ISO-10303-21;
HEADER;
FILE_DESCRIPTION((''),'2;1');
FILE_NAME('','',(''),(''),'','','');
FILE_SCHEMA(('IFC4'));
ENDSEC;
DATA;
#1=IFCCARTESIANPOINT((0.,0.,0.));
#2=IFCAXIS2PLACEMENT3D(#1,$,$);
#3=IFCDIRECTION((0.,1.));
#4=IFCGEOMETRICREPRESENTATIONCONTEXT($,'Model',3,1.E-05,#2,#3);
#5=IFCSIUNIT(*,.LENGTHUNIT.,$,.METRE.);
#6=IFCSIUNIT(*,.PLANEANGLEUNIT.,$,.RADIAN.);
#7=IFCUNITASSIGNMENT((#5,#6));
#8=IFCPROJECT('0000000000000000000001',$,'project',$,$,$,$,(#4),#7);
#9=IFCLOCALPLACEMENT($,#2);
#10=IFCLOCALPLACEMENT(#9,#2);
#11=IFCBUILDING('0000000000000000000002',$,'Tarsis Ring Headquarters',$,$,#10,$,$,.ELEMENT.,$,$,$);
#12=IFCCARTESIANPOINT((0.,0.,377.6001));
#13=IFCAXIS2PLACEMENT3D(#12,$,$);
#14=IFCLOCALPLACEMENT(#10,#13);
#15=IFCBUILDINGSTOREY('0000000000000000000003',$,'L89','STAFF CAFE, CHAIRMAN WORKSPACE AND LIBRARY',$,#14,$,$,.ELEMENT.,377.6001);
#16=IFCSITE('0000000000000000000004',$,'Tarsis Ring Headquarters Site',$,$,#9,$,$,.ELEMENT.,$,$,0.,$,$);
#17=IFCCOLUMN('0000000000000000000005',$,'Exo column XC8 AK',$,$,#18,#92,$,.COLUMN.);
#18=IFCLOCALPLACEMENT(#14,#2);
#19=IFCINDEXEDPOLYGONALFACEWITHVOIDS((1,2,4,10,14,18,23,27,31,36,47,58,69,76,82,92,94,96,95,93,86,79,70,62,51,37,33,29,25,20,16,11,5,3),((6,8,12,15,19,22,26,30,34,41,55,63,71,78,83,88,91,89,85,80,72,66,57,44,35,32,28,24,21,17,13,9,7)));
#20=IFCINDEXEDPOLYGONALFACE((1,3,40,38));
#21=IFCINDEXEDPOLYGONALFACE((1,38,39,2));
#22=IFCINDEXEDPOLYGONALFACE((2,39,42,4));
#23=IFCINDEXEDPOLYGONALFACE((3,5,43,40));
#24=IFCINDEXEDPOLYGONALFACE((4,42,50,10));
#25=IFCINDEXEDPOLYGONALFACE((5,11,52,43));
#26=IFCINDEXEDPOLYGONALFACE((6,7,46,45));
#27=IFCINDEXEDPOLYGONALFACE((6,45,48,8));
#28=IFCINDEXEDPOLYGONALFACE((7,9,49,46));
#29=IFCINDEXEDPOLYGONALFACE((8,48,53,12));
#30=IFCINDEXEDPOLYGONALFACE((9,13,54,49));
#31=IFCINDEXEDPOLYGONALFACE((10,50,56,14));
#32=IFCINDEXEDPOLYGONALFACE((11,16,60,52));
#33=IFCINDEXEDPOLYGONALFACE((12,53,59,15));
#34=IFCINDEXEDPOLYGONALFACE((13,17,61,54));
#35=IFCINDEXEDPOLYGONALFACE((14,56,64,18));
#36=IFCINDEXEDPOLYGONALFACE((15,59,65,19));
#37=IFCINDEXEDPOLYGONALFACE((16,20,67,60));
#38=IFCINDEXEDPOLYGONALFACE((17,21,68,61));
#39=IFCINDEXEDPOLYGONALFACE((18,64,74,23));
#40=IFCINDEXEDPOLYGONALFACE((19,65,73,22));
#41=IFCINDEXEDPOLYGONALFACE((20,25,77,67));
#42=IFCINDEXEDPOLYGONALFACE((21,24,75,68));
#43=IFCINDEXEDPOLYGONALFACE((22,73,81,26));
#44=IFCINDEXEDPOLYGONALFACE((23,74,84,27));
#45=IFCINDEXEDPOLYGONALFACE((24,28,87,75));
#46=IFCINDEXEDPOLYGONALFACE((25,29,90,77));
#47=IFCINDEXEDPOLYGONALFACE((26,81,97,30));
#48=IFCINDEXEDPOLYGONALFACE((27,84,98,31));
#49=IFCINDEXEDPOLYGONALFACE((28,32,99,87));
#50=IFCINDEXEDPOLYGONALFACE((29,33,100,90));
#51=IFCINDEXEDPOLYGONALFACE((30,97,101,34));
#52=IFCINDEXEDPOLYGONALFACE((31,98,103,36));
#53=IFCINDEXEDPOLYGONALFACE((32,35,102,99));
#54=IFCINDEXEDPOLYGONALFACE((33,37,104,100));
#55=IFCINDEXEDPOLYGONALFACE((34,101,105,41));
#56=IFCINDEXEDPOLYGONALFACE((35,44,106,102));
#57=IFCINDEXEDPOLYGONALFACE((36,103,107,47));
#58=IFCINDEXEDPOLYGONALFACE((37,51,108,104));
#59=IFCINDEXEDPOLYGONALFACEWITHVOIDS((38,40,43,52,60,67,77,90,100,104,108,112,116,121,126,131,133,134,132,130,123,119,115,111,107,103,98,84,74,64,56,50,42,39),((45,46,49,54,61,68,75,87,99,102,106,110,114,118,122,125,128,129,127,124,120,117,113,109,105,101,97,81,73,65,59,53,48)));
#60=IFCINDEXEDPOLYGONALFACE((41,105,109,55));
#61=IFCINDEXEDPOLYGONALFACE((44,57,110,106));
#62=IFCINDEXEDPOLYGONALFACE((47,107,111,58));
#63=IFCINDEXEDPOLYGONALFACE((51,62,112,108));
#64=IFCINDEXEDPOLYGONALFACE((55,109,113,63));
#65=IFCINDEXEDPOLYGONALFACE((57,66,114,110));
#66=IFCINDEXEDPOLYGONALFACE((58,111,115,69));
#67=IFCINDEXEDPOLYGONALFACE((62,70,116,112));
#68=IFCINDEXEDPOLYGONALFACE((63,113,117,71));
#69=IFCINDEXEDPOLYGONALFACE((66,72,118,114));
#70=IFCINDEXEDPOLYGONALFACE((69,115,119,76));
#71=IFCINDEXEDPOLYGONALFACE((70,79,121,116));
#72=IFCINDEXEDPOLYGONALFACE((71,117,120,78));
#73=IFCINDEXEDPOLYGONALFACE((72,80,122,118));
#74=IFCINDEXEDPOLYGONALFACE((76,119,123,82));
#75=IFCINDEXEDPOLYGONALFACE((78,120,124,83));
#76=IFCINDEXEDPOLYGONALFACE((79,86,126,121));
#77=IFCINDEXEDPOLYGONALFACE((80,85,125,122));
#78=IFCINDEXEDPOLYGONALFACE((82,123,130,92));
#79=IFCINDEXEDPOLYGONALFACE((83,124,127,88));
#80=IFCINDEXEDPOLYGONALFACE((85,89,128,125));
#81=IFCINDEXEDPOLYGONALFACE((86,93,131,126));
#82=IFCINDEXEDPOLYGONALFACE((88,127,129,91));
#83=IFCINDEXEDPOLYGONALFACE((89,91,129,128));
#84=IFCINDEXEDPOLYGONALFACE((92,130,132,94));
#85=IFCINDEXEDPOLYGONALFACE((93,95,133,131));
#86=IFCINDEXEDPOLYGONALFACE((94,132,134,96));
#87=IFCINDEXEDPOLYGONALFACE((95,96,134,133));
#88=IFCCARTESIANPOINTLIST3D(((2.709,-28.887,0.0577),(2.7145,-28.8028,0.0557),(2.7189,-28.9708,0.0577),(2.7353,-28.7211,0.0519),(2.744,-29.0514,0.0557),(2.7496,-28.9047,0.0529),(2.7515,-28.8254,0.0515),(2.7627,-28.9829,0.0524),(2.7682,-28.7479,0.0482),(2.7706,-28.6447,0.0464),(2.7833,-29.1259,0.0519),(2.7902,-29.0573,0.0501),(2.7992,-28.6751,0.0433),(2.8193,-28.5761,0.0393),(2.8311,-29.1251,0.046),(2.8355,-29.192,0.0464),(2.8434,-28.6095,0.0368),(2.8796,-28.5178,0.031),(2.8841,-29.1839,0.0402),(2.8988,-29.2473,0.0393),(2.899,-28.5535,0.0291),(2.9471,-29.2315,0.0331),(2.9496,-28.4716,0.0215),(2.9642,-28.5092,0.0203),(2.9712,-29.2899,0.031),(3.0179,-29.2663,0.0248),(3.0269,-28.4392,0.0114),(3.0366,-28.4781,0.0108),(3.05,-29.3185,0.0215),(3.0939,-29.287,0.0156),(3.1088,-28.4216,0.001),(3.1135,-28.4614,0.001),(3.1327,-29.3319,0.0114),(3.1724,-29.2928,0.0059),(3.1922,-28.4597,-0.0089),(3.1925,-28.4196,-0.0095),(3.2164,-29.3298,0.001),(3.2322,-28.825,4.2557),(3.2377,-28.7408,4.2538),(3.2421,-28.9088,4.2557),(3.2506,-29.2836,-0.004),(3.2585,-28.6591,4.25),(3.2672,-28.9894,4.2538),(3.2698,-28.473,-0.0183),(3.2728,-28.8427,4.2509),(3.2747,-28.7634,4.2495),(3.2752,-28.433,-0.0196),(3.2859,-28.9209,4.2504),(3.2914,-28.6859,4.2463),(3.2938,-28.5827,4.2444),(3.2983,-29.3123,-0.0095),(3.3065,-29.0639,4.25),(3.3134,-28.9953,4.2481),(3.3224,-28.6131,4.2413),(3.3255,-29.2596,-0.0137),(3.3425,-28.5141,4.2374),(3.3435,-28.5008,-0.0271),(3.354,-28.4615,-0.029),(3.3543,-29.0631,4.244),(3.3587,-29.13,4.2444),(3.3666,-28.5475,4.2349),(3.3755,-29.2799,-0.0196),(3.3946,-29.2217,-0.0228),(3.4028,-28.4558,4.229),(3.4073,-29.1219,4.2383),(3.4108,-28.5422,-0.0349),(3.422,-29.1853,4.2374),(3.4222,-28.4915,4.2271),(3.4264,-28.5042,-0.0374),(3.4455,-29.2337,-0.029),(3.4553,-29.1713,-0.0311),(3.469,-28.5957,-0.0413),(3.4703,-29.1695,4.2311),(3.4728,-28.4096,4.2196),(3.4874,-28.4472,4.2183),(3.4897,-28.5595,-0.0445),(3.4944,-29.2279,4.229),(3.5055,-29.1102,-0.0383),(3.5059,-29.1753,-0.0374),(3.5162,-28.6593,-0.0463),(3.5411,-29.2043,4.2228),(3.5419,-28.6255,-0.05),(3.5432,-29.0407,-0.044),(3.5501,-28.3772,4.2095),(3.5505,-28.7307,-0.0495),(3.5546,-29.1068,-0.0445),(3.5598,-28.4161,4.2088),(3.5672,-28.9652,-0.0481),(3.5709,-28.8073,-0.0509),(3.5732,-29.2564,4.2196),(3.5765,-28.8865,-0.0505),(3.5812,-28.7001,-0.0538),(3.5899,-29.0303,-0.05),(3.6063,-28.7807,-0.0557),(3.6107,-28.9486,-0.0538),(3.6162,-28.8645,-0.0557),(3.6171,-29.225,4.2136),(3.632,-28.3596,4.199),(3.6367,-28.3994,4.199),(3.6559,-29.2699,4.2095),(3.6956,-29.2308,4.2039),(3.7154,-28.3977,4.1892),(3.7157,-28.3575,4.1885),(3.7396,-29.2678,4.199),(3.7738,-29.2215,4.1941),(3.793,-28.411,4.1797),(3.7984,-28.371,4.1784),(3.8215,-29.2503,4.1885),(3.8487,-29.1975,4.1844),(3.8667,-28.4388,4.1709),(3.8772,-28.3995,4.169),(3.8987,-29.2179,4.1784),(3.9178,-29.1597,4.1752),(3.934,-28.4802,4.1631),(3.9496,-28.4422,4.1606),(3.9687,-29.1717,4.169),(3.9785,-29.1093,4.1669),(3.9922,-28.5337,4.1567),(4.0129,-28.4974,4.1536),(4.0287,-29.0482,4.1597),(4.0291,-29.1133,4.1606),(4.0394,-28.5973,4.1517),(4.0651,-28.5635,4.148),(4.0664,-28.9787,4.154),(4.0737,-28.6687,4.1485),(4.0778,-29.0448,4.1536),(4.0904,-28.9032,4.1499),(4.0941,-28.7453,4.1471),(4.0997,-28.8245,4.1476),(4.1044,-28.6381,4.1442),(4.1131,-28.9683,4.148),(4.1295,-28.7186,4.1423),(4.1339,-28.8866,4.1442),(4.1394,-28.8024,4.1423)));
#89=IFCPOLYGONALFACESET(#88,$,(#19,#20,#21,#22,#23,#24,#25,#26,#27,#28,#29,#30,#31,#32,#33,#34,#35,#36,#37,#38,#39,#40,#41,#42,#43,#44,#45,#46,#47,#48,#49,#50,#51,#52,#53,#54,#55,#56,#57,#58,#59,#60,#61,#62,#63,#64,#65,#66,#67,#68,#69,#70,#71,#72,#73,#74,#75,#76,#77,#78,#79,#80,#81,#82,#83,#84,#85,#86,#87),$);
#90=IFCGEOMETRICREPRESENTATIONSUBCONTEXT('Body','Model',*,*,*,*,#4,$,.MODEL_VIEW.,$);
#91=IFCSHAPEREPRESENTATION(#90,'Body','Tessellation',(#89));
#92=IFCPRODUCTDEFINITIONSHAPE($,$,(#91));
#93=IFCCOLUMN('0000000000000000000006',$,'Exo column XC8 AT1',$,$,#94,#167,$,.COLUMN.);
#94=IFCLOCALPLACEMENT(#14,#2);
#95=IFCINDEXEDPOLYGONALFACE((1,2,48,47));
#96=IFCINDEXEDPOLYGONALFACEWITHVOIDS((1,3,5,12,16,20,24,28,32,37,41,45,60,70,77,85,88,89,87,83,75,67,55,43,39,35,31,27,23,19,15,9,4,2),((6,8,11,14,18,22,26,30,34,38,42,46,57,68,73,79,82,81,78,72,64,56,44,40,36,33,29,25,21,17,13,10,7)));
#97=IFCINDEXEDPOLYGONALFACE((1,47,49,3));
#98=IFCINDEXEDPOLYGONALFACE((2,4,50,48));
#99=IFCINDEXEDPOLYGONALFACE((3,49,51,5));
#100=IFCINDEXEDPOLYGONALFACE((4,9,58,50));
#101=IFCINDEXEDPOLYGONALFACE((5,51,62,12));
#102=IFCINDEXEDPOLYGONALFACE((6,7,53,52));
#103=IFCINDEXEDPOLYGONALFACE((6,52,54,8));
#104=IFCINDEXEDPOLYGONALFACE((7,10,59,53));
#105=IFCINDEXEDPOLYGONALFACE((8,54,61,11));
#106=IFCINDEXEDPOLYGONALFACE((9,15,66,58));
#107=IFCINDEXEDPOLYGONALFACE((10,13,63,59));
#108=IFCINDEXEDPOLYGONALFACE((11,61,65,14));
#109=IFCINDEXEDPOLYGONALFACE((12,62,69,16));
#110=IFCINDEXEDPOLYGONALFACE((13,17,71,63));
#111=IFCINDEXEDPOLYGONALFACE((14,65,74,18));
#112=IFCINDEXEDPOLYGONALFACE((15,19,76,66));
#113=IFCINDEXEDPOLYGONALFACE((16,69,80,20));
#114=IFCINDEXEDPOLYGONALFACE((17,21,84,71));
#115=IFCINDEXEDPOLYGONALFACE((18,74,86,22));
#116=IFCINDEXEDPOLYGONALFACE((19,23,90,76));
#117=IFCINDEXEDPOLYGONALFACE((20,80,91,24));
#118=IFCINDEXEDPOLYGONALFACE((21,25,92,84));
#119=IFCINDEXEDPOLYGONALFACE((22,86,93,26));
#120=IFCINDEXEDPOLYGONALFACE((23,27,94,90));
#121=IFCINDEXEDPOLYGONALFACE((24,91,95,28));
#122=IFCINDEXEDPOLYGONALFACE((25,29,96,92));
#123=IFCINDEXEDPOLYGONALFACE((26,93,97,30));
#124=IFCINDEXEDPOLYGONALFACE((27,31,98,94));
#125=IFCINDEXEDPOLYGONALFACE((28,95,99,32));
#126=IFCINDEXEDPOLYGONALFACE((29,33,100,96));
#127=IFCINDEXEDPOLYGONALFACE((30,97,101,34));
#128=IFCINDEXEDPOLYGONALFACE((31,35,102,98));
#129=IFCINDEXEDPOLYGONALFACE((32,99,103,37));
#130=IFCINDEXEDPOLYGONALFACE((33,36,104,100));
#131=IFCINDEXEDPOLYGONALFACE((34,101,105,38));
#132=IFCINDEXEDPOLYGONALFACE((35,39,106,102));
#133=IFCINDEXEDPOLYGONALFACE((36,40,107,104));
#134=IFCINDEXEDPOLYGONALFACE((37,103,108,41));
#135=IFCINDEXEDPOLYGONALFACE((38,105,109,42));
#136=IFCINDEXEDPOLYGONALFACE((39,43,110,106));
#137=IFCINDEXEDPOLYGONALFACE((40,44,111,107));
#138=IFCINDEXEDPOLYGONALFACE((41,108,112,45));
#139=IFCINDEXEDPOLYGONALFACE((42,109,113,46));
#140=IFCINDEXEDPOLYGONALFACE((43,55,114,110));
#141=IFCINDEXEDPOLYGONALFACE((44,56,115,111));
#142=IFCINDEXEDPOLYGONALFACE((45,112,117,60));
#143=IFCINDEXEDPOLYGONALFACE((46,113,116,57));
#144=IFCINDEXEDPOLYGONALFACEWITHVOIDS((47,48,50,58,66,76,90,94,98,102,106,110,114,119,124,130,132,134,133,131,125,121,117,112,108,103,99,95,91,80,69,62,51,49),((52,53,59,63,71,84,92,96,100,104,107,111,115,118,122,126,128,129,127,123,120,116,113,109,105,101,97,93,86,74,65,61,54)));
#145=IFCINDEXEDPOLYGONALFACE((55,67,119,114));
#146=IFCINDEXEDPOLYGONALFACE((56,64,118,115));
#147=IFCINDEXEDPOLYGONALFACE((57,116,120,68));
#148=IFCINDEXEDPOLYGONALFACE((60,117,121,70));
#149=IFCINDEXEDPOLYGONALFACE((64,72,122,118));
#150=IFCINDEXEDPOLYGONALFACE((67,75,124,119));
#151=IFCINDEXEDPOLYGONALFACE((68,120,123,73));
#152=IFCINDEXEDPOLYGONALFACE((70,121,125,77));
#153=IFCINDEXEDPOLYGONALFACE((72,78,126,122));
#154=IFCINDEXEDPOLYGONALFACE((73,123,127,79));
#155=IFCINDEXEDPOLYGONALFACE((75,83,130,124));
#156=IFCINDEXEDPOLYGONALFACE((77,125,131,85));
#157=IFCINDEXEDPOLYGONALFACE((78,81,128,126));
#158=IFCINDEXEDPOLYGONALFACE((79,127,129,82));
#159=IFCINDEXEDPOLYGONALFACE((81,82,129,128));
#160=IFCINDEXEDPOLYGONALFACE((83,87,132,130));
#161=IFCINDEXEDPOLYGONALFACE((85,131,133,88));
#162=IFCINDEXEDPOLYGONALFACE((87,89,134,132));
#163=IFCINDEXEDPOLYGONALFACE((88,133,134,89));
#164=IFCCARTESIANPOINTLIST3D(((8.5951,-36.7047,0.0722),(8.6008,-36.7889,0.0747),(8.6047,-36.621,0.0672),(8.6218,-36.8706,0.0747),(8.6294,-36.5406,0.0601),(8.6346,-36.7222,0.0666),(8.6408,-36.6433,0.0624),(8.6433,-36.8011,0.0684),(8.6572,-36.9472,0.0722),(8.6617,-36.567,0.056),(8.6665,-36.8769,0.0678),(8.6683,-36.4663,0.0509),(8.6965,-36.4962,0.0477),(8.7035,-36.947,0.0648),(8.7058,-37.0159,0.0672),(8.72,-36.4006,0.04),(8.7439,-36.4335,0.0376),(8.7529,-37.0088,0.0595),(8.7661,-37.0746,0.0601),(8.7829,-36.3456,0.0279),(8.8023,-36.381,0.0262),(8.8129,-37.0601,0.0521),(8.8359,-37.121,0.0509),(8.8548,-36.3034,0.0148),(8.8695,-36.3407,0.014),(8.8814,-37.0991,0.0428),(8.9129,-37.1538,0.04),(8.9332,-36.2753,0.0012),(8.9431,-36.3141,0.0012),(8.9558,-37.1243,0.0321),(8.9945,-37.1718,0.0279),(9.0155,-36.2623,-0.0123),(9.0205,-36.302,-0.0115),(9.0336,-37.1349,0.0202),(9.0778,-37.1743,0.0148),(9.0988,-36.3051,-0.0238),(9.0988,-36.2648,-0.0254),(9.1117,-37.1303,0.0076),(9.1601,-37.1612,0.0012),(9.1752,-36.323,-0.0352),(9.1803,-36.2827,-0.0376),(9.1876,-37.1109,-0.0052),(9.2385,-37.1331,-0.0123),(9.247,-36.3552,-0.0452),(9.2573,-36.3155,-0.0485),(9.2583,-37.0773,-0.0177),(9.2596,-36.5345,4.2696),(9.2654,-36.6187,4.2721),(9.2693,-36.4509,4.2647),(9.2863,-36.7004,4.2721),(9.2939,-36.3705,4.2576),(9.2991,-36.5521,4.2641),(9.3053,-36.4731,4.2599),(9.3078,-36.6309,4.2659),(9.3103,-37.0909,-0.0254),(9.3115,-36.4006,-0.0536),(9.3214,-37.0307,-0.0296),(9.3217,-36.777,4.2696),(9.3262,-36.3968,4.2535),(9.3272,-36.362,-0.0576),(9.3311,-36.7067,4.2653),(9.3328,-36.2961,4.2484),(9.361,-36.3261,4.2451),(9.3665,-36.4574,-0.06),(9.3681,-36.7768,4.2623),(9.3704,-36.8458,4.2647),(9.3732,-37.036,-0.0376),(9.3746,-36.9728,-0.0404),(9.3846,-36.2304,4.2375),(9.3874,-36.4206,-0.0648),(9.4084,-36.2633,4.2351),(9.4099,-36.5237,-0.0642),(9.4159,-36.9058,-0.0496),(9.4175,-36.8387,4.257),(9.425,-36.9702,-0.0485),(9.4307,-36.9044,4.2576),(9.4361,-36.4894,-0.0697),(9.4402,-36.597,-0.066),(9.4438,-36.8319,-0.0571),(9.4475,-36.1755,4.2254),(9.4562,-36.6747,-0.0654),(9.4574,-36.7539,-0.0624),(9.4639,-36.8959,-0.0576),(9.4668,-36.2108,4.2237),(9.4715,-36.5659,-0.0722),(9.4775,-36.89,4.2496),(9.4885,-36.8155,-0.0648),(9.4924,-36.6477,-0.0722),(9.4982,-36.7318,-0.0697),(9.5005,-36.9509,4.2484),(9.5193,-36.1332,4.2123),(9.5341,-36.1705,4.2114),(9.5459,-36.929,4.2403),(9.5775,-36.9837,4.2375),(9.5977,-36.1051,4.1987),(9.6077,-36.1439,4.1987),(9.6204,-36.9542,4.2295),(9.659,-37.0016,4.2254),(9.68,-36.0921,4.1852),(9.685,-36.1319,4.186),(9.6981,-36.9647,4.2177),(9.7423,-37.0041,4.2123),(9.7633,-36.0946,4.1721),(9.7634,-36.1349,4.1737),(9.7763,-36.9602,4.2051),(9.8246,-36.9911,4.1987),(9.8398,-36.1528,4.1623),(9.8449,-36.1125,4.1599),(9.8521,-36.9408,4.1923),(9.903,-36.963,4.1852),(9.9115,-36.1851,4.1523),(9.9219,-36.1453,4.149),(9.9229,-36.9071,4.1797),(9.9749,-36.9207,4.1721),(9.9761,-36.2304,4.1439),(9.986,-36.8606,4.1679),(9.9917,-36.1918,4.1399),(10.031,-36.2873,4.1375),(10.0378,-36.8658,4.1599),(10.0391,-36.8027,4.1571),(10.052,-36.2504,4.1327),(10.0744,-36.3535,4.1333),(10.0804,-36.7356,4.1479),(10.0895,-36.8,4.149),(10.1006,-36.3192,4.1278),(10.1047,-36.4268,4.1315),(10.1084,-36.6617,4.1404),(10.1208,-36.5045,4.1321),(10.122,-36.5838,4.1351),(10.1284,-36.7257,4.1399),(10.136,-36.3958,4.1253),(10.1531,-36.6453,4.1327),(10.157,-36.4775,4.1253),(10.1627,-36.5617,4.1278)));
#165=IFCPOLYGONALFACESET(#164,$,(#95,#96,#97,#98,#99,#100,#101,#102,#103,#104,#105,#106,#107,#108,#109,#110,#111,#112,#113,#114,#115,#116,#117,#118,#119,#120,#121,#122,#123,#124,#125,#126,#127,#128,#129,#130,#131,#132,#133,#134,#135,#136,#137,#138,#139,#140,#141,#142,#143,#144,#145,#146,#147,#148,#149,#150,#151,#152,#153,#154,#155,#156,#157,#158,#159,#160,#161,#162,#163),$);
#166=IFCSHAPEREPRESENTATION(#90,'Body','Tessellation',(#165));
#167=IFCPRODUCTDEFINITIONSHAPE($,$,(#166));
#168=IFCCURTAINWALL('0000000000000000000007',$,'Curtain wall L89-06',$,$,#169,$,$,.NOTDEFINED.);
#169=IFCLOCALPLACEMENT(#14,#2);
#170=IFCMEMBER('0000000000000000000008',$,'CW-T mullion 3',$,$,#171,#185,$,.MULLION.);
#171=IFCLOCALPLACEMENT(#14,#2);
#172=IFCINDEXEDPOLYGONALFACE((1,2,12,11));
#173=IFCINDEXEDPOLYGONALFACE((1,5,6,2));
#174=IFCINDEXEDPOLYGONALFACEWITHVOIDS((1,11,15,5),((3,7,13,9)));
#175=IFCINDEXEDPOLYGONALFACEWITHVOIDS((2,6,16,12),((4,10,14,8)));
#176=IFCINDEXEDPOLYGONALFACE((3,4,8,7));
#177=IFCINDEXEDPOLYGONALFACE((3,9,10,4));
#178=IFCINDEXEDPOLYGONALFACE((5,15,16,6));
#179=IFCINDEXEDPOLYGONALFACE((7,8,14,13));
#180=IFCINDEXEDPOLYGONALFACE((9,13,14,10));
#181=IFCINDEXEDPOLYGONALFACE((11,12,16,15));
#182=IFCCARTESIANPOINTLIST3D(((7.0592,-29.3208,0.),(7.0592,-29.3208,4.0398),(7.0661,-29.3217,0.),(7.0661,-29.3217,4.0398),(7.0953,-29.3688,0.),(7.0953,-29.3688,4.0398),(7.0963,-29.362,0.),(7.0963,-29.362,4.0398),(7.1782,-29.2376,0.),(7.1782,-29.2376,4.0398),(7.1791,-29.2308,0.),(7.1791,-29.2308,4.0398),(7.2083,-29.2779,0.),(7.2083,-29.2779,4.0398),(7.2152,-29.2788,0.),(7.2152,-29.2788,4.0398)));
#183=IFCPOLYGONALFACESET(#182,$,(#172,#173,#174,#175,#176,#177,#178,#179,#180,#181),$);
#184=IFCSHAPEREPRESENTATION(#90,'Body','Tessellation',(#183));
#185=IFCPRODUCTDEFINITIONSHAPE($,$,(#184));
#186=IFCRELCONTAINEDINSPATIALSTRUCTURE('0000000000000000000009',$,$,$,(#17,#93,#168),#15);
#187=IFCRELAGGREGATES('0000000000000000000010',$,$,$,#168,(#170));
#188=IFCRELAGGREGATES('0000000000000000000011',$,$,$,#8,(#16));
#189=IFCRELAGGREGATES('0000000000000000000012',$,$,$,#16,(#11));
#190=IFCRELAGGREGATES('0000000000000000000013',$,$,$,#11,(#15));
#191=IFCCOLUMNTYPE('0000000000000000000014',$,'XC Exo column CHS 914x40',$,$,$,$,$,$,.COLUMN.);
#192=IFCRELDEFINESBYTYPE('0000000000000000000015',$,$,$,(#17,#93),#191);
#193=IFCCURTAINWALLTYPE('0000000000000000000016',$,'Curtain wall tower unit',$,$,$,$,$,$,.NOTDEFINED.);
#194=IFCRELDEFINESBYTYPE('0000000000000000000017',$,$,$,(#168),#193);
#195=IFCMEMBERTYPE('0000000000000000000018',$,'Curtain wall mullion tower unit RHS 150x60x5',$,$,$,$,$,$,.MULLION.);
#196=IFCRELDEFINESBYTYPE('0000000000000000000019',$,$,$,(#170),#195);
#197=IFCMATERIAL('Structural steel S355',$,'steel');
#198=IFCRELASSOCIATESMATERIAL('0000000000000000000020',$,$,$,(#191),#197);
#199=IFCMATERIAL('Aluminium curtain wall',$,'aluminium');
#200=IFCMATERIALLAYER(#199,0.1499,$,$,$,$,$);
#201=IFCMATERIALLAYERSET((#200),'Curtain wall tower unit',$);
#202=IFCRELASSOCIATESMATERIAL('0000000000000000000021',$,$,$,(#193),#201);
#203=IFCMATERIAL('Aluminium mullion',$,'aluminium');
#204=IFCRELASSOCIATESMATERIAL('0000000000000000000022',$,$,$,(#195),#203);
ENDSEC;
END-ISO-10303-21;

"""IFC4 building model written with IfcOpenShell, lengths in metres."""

from ifc_helpers import new_model, si_unit, direction, frame, origin, origin_2d, place, context, subcontext, project, spatial, hollow_rectangle, hollow_circle, extrude, material, layer, layer_set, material_profile, profile_set, type_object, element, aggregate, save


model = new_model("IFC4")

# Units and contexts
model_context = context("Model", 3, precision=1e-05, world=origin(), true_north=direction((0.0, 1.0)))
body_context = subcontext(model_context, "Body", "Model", "MODEL_VIEW")
ifc_project = project(units=[si_unit("LENGTHUNIT", "METRE"), si_unit("PLANEANGLEUNIT", "RADIAN")], contexts=[model_context])

# Site, building, storey
site_placement = place(None, origin())
site = spatial("IfcSite", under=ifc_project, at=site_placement, Name="Tarsis Ring Headquarters Site", CompositionType="ELEMENT", RefElevation=0.0)
building_placement = place(site_placement, origin())
building = spatial("IfcBuilding", under=site, at=building_placement, Name="Tarsis Ring Headquarters", CompositionType="ELEMENT")
storey_placement = place(building_placement, frame((0.0, 0.0, 377.6001)))
storey = spatial("IfcBuildingStorey", under=building, at=storey_placement, Name="L89", Description="STAFF CAFE, CHAIRMAN WORKSPACE AND LIBRARY", CompositionType="ELEMENT", Elevation=377.6001)

# Columns
ifc_material_1 = material(Name="Structural steel S355", Category="steel")
ifc_material_profile_1 = material_profile(ifc_material_1, hollow_circle(Radius=0.457, WallThickness=0.04, at=origin_2d()), Name="CHS 914x40")
ifc_profile_set_1 = profile_set([ifc_material_profile_1], Name="Structural steel S355")
column_type = type_object("IfcColumnType", Name="XC Exo column CHS 914x40", PredefinedType="COLUMN", material=ifc_profile_set_1)
column_1_placement = place(storey_placement, frame((3.1626, -28.8757, 0.001), z_axis=(0.123659, 0.014657, 0.992216), x_axis=(-0.117702, 0.993049, 0.0)))
element("IfcColumn", 1, at=column_1_placement, inside=storey, type_object=column_type, Name="Exo column XC8 AK", PredefinedType="COLUMN", context=body_context, shape_type="SweptSolid", body=[
    extrude(hollow_circle(Radius=0.4573, WallThickness=0.04, at=origin_2d()), origin(), (0.0, 0.0, 1.0), 4.231),
])
column_2_placement = place(storey_placement, frame((9.0466, -36.7183, 0.0012), z_axis=(0.156247, 0.040009, 0.986907), x_axis=(-0.248059, 0.968745, 0.0)))
element("IfcColumn", 2, at=column_2_placement, inside=storey, type_object=column_type, Name="Exo column XC8 AT1", PredefinedType="COLUMN", context=body_context, shape_type="SweptSolid", body=[
    extrude(hollow_circle(Radius=0.4573, WallThickness=0.04, at=origin_2d()), origin(), (0.0, 0.0, 1.0), 4.2532),
])

# Curtain wall, member
ifc_material_2 = material(Name="Aluminium curtain wall", Category="aluminium")
ifc_layer_1 = layer(ifc_material_2, 0.1499)
ifc_layer_set_1 = layer_set([ifc_layer_1], Name="Curtain wall tower unit")
curtain_wall_type = type_object("IfcCurtainWallType", Name="Curtain wall tower unit", PredefinedType="NOTDEFINED", material=ifc_layer_set_1)
curtain_wall_placement = place(storey_placement, origin())
curtain_wall = element("IfcCurtainWall", 3, at=curtain_wall_placement, inside=storey, type_object=curtain_wall_type, Name="Curtain wall L89-06", PredefinedType="NOTDEFINED")
ifc_material_3 = material(Name="Aluminium mullion", Category="aluminium")
ifc_material_profile_2 = material_profile(ifc_material_3, hollow_rectangle(XDim=0.1499, YDim=0.0601, WallThickness=0.0049, at=origin_2d()), Name="RHS 150x60x5")
ifc_profile_set_2 = profile_set([ifc_material_profile_2], Name="Aluminium mullion")
member_type_1 = type_object("IfcMemberType", Name="Curtain wall mullion tower unit RHS 150x60x5", PredefinedType="MULLION", material=ifc_profile_set_2)
member_1_placement = place(storey_placement, frame((7.1372, -29.2998, 0.0), z_axis=(0.0, 0.0, 1.0), x_axis=(0.799894, 0.600141, 0.0)))
member_1 = element("IfcMember", 4, at=member_1_placement, type_object=member_type_1, Name="CW-T mullion 3", PredefinedType="MULLION", context=body_context, shape_type="SweptSolid", body=[
    extrude(hollow_rectangle(XDim=0.1499, YDim=0.0601, WallThickness=0.0049, at=origin_2d()), origin(), (0.0, 0.0, 1.0), 4.0398),
])
aggregate(curtain_wall, [member_1])

save(model, "model.ifc")
